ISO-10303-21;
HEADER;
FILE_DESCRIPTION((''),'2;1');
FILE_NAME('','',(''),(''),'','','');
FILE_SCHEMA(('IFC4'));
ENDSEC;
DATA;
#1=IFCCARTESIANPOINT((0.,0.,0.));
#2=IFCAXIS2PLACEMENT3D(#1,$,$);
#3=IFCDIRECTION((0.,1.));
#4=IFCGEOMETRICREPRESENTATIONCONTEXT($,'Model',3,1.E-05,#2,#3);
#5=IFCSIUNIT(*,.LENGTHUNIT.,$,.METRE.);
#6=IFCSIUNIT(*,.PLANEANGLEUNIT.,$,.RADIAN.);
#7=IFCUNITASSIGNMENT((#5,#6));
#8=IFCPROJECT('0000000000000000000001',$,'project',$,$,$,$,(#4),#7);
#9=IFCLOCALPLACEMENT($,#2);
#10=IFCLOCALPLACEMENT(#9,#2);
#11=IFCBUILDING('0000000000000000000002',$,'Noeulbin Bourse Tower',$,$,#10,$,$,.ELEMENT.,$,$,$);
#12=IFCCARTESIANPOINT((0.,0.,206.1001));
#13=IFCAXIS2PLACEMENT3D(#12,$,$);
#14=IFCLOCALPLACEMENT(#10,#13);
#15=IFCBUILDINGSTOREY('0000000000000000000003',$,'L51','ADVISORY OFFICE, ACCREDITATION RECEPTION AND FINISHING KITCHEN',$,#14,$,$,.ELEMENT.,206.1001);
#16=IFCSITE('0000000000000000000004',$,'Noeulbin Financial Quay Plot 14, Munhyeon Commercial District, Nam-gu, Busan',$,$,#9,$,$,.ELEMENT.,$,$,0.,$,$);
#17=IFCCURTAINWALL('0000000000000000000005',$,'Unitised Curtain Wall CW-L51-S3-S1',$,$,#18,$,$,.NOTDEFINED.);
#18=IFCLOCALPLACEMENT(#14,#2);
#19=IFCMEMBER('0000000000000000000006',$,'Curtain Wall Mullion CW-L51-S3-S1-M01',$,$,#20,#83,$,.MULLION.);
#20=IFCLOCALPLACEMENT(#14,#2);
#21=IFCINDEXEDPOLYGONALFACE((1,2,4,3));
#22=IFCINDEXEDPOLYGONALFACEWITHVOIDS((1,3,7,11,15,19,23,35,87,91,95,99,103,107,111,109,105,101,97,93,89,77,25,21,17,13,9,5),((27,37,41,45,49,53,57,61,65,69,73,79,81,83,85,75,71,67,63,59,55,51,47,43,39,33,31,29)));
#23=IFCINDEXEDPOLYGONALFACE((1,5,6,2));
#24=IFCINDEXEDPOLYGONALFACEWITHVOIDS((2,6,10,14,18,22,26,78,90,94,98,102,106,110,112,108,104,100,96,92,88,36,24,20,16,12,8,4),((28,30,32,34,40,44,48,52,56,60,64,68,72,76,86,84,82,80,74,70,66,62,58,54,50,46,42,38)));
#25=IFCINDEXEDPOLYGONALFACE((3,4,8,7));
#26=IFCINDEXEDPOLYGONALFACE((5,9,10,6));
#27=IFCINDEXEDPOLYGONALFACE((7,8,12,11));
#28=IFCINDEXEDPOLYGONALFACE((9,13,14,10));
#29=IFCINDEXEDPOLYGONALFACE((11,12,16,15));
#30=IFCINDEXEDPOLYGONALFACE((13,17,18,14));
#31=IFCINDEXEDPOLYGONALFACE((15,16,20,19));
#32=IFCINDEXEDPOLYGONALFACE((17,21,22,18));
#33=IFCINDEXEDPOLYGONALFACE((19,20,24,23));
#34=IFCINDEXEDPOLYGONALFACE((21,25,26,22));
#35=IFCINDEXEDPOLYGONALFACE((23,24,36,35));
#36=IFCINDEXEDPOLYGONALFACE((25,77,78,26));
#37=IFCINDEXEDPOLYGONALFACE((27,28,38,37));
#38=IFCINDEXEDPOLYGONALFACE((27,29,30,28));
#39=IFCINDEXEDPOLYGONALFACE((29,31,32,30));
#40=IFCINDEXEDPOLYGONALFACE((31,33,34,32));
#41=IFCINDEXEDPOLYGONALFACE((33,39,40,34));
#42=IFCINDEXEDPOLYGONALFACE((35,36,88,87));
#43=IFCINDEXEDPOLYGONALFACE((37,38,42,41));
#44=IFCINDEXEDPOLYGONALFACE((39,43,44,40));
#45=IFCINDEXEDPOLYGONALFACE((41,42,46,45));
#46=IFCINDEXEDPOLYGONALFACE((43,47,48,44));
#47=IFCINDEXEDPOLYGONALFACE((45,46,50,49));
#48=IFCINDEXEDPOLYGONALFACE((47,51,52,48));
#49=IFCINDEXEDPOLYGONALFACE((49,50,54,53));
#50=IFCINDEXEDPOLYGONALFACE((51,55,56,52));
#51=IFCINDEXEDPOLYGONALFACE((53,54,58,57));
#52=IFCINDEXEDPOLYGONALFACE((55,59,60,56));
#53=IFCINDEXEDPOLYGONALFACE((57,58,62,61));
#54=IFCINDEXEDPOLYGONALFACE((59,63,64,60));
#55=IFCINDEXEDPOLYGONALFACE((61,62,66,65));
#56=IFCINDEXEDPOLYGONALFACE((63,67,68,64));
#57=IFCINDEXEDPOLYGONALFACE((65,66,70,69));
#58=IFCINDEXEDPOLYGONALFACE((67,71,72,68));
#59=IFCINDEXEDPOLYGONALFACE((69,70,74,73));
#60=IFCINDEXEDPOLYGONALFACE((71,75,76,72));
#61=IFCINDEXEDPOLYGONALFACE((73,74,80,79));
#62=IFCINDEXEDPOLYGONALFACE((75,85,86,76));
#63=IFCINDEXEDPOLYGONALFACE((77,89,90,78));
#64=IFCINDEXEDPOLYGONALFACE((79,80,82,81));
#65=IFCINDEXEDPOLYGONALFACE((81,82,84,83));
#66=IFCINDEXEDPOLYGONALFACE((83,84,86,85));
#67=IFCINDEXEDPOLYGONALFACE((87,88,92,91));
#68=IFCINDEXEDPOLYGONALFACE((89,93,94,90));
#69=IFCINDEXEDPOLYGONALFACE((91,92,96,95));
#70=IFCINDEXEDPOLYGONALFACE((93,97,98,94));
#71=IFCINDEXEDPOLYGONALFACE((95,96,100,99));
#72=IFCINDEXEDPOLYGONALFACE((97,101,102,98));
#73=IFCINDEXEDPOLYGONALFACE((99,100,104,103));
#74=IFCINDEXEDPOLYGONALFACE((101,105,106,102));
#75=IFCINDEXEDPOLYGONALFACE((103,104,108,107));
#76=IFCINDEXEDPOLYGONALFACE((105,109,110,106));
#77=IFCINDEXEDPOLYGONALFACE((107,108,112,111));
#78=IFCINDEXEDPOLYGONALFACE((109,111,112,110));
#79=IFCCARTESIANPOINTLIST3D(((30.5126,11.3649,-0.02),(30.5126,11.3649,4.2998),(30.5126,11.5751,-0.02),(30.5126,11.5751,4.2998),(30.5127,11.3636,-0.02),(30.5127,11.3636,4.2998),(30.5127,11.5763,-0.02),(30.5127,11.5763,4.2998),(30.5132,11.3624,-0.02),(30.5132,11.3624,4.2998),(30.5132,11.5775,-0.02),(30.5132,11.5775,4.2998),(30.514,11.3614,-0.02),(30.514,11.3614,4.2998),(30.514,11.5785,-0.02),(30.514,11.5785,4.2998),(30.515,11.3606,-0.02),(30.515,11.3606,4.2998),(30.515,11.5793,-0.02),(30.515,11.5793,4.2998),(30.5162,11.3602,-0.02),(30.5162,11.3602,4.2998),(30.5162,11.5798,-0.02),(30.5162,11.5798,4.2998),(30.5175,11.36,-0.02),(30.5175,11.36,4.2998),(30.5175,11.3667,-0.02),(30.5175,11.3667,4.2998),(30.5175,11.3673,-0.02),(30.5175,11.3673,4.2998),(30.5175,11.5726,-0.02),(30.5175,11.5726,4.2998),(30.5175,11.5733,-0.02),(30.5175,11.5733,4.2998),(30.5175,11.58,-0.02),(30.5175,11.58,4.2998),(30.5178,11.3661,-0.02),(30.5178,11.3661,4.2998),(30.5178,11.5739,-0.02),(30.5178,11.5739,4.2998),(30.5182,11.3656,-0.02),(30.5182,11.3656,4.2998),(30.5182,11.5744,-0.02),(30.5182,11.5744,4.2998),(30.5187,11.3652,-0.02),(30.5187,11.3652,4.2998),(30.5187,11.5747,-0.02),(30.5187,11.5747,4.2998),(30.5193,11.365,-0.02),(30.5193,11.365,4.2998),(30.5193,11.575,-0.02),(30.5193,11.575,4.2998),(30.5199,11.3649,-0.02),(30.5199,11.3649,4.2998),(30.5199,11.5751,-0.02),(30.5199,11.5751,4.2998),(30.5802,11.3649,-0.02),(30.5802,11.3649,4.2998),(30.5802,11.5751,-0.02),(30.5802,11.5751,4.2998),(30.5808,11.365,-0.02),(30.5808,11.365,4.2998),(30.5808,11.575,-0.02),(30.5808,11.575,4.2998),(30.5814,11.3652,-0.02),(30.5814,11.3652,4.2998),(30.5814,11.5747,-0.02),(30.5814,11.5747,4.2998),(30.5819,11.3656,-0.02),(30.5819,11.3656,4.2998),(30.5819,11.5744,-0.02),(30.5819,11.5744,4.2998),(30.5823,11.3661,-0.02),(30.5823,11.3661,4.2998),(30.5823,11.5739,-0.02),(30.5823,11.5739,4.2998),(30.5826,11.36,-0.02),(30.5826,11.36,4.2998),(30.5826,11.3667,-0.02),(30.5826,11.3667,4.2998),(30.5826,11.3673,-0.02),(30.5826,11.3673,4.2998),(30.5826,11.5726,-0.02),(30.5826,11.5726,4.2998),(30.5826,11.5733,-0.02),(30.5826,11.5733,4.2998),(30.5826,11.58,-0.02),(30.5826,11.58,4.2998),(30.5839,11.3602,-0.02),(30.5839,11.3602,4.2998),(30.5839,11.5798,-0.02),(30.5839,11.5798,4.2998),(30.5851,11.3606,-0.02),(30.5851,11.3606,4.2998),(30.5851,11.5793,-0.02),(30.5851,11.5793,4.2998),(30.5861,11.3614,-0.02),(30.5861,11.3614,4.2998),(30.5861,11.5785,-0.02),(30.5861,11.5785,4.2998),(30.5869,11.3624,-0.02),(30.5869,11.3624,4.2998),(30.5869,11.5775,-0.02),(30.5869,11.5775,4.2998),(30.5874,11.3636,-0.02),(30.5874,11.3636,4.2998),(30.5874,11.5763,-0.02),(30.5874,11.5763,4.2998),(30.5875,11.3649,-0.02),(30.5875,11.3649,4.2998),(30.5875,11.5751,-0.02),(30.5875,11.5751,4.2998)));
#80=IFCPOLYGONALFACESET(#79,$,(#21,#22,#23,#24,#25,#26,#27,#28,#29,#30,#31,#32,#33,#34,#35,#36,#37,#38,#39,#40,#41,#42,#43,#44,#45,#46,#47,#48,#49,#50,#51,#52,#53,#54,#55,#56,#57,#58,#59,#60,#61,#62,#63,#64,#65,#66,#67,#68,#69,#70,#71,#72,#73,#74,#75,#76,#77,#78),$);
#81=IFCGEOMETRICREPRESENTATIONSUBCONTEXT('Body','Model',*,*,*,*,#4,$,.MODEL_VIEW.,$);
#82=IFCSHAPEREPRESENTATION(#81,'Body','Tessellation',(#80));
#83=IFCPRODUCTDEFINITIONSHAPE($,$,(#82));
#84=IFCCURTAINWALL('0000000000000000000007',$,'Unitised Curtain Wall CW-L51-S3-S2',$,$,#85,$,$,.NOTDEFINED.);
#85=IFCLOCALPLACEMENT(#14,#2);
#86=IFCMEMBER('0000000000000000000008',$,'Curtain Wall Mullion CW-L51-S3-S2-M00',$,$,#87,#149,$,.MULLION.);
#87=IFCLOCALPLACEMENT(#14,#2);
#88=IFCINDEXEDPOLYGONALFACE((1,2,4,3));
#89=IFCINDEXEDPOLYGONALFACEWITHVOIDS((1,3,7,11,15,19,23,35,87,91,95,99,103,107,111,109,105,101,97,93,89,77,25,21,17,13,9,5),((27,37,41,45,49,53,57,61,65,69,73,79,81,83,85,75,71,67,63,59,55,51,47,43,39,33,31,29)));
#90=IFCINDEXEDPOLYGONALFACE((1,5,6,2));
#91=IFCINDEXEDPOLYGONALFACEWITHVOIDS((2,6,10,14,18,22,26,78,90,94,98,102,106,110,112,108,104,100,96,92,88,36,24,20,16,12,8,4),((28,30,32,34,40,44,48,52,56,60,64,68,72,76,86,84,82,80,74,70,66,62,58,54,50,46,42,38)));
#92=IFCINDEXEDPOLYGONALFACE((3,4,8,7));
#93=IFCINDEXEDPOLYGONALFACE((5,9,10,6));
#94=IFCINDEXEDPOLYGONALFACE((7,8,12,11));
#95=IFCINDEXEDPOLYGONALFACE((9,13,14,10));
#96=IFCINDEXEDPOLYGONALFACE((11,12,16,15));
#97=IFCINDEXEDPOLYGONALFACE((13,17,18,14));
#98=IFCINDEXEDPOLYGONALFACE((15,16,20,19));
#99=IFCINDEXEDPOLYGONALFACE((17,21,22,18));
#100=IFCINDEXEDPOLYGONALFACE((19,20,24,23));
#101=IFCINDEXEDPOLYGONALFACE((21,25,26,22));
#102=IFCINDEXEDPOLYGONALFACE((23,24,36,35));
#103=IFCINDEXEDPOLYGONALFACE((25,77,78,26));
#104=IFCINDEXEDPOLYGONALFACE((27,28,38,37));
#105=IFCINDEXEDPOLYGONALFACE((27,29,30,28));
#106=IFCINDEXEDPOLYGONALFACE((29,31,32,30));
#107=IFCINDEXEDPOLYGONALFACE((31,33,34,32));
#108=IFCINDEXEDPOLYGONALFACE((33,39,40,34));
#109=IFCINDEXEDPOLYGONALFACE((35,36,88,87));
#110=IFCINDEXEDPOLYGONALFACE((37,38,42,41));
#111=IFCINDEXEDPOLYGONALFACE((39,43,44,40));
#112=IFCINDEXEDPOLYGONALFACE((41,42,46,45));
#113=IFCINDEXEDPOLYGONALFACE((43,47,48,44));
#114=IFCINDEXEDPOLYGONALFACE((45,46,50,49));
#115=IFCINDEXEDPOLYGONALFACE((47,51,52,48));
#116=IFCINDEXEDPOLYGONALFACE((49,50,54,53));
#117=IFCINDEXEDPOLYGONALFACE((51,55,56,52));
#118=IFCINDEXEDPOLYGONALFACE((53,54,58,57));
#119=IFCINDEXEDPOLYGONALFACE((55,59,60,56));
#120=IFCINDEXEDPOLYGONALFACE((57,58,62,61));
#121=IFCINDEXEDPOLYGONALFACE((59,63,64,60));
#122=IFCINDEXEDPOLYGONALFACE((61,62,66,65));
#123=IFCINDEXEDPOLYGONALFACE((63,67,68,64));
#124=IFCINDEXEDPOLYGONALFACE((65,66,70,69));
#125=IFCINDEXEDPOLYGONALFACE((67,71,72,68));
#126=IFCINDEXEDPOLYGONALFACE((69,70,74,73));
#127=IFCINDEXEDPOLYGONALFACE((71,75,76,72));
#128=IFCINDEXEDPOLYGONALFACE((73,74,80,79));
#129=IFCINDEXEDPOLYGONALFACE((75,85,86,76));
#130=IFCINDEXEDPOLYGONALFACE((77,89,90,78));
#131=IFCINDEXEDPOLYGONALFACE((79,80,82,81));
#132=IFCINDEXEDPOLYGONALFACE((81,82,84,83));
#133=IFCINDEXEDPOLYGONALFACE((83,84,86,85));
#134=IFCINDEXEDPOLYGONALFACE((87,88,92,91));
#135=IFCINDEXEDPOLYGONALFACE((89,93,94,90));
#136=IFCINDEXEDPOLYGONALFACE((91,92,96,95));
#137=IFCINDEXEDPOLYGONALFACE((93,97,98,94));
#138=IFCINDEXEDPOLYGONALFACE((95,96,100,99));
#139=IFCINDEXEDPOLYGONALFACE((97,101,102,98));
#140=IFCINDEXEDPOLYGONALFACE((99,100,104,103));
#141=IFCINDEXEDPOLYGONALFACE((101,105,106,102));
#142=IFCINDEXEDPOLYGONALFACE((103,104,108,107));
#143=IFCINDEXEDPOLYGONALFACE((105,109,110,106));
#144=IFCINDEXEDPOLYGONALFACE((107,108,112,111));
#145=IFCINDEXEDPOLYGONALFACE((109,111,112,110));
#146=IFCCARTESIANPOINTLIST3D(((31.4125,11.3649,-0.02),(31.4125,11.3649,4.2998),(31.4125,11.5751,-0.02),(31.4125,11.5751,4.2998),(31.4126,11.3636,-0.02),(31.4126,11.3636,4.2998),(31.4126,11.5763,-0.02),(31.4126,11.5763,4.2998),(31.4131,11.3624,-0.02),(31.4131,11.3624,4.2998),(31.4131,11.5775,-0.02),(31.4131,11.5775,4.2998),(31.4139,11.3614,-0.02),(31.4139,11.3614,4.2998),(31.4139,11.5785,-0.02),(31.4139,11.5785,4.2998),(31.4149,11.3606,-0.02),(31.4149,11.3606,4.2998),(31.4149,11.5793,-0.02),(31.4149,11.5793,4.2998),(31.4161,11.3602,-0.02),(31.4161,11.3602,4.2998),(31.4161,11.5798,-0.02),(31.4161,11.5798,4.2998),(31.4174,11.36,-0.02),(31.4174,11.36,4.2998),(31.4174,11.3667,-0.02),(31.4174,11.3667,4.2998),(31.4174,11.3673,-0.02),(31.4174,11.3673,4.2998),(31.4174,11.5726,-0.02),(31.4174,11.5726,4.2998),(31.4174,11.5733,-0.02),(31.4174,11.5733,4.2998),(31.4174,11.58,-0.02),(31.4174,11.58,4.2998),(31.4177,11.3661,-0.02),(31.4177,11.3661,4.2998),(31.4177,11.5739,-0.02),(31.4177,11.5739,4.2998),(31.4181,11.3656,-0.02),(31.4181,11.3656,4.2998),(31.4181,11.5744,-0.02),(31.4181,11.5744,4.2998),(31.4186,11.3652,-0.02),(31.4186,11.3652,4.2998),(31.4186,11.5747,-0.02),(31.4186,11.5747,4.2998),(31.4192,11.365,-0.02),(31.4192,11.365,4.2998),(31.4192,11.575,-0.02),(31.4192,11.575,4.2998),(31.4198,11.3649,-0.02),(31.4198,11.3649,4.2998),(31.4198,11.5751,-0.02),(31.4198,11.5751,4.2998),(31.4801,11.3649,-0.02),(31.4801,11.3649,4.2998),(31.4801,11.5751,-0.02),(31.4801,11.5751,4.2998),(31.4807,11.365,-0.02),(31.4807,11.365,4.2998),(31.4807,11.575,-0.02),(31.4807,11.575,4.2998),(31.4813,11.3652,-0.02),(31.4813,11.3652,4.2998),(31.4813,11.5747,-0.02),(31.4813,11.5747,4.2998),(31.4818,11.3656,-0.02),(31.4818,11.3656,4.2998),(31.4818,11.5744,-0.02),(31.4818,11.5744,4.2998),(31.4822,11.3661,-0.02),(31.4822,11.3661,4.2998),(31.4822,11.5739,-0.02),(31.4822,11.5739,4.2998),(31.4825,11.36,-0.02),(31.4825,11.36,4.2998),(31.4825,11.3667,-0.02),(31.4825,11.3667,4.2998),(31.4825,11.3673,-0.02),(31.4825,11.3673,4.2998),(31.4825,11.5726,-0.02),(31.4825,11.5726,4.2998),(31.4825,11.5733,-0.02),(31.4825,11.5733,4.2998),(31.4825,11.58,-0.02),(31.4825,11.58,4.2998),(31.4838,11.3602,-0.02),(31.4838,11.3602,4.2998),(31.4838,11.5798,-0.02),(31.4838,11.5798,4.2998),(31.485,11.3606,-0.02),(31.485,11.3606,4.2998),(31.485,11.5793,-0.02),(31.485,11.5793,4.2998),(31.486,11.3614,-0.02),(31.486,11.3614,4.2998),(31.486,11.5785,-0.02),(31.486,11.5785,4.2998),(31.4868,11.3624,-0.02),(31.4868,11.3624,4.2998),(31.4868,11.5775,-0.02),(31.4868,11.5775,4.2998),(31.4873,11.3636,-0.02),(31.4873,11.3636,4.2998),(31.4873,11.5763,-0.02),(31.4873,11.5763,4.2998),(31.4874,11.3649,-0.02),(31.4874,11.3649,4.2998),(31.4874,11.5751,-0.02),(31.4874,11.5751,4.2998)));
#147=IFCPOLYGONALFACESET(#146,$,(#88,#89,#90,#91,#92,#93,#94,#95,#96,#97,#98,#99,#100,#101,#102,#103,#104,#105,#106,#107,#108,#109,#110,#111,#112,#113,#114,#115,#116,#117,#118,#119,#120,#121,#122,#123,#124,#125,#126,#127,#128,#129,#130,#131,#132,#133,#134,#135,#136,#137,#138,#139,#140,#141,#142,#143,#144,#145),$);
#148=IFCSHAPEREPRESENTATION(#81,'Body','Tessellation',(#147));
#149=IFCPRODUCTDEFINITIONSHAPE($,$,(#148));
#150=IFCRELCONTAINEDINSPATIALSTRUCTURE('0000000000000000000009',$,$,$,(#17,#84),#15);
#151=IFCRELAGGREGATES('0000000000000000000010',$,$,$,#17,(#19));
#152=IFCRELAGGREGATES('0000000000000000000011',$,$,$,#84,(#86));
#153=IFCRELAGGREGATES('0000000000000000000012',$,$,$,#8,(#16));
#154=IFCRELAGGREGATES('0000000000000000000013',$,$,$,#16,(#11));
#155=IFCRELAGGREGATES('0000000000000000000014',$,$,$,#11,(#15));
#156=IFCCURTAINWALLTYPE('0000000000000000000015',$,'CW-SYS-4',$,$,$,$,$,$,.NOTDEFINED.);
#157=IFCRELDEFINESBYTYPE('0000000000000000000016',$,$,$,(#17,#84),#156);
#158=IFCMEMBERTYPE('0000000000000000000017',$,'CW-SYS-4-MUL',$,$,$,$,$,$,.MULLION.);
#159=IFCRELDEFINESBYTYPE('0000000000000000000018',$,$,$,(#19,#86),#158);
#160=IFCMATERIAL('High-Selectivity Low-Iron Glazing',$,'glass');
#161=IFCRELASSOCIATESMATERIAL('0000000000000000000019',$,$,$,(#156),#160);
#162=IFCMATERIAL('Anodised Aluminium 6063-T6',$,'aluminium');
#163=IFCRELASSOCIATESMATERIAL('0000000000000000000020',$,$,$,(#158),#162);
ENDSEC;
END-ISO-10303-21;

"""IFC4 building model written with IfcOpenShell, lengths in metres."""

from ifc_helpers import new_model, si_unit, direction, frame, origin, origin_2d, place, context, subcontext, project, spatial, hollow_rectangle, extrude, material, material_profile, profile_set, type_object, element, aggregate, save


model = new_model("IFC4")

# Units and contexts
model_context = context("Model", 3, precision=1e-05, world=origin(), true_north=direction((0.0, 1.0)))
body_context = subcontext(model_context, "Body", "Model", "MODEL_VIEW")
ifc_project = project(units=[si_unit("LENGTHUNIT", "METRE"), si_unit("PLANEANGLEUNIT", "RADIAN")], contexts=[model_context])

# Site, building, storey
site_placement = place(None, origin())
site = spatial("IfcSite", under=ifc_project, at=site_placement, Name="Noeulbin Financial Quay Plot 14, Munhyeon Commercial District, Nam-gu, Busan", CompositionType="ELEMENT", RefElevation=0.0)
building_placement = place(site_placement, origin())
building = spatial("IfcBuilding", under=site, at=building_placement, Name="Noeulbin Bourse Tower", CompositionType="ELEMENT")
storey_placement = place(building_placement, frame((0.0, 0.0, 206.1001)))
storey = spatial("IfcBuildingStorey", under=building, at=storey_placement, Name="L51", Description="ADVISORY OFFICE, ACCREDITATION RECEPTION AND FINISHING KITCHEN", CompositionType="ELEMENT", Elevation=206.1001)

# Curtain walls, members
ifc_material_1 = material(Name="High-Selectivity Low-Iron Glazing", Category="glass")
curtain_wall_type = type_object("IfcCurtainWallType", Name="CW-SYS-4", PredefinedType="NOTDEFINED", material=ifc_material_1)
curtain_wall_1_placement = place(storey_placement, origin())
curtain_wall_1 = element("IfcCurtainWall", 1, at=curtain_wall_1_placement, inside=storey, type_object=curtain_wall_type, Name="Unitised Curtain Wall CW-L51-S3-S1", PredefinedType="NOTDEFINED")
ifc_material_2 = material(Name="Anodised Aluminium 6063-T6", Category="aluminium")
ifc_material_profile_1 = material_profile(ifc_material_2, hollow_rectangle(XDim=0.075, YDim=0.22, WallThickness=0.0049, InnerFilletRadius=0.0024, OuterFilletRadius=0.0049, at=origin_2d()), Name="ALU-MULL-75x220x5", Category="LoadBearing")
ifc_profile_set_1 = profile_set([ifc_material_profile_1], Name="Anodised Aluminium 6063-T6")
member_type_1 = type_object("IfcMemberType", Name="CW-SYS-4-MUL", PredefinedType="MULLION", material=ifc_profile_set_1)
member_1_placement = place(storey_placement, frame((30.55, 11.47, -0.02), z_axis=(0.0, 0.0, 1.0), x_axis=(1.0, 0.0, 0.0)))
member_1 = element("IfcMember", 2, at=member_1_placement, type_object=member_type_1, Name="Curtain Wall Mullion CW-L51-S3-S1-M01", PredefinedType="MULLION", context=body_context, shape_type="SweptSolid", body=[
    extrude(hollow_rectangle(XDim=0.075, YDim=0.22, WallThickness=0.0049, InnerFilletRadius=0.0024, OuterFilletRadius=0.0049, at=origin_2d()), origin(), (0.0, 0.0, 1.0), 4.3198),
])
curtain_wall_2_placement = place(storey_placement, origin())
curtain_wall_2 = element("IfcCurtainWall", 3, at=curtain_wall_2_placement, inside=storey, type_object=curtain_wall_type, Name="Unitised Curtain Wall CW-L51-S3-S2", PredefinedType="NOTDEFINED")
member_2_placement = place(storey_placement, frame((31.45, 11.47, -0.02), z_axis=(0.0, 0.0, 1.0), x_axis=(1.0, 0.0, 0.0)))
member_2 = element("IfcMember", 4, at=member_2_placement, type_object=member_type_1, Name="Curtain Wall Mullion CW-L51-S3-S2-M00", PredefinedType="MULLION", context=body_context, shape_type="SweptSolid", body=[
    extrude(hollow_rectangle(XDim=0.075, YDim=0.22, WallThickness=0.0049, InnerFilletRadius=0.0024, OuterFilletRadius=0.0049, at=origin_2d()), origin(), (0.0, 0.0, 1.0), 4.3198),
])

aggregate(curtain_wall_1, [member_1])
aggregate(curtain_wall_2, [member_2])

save(model, "model.ifc")
